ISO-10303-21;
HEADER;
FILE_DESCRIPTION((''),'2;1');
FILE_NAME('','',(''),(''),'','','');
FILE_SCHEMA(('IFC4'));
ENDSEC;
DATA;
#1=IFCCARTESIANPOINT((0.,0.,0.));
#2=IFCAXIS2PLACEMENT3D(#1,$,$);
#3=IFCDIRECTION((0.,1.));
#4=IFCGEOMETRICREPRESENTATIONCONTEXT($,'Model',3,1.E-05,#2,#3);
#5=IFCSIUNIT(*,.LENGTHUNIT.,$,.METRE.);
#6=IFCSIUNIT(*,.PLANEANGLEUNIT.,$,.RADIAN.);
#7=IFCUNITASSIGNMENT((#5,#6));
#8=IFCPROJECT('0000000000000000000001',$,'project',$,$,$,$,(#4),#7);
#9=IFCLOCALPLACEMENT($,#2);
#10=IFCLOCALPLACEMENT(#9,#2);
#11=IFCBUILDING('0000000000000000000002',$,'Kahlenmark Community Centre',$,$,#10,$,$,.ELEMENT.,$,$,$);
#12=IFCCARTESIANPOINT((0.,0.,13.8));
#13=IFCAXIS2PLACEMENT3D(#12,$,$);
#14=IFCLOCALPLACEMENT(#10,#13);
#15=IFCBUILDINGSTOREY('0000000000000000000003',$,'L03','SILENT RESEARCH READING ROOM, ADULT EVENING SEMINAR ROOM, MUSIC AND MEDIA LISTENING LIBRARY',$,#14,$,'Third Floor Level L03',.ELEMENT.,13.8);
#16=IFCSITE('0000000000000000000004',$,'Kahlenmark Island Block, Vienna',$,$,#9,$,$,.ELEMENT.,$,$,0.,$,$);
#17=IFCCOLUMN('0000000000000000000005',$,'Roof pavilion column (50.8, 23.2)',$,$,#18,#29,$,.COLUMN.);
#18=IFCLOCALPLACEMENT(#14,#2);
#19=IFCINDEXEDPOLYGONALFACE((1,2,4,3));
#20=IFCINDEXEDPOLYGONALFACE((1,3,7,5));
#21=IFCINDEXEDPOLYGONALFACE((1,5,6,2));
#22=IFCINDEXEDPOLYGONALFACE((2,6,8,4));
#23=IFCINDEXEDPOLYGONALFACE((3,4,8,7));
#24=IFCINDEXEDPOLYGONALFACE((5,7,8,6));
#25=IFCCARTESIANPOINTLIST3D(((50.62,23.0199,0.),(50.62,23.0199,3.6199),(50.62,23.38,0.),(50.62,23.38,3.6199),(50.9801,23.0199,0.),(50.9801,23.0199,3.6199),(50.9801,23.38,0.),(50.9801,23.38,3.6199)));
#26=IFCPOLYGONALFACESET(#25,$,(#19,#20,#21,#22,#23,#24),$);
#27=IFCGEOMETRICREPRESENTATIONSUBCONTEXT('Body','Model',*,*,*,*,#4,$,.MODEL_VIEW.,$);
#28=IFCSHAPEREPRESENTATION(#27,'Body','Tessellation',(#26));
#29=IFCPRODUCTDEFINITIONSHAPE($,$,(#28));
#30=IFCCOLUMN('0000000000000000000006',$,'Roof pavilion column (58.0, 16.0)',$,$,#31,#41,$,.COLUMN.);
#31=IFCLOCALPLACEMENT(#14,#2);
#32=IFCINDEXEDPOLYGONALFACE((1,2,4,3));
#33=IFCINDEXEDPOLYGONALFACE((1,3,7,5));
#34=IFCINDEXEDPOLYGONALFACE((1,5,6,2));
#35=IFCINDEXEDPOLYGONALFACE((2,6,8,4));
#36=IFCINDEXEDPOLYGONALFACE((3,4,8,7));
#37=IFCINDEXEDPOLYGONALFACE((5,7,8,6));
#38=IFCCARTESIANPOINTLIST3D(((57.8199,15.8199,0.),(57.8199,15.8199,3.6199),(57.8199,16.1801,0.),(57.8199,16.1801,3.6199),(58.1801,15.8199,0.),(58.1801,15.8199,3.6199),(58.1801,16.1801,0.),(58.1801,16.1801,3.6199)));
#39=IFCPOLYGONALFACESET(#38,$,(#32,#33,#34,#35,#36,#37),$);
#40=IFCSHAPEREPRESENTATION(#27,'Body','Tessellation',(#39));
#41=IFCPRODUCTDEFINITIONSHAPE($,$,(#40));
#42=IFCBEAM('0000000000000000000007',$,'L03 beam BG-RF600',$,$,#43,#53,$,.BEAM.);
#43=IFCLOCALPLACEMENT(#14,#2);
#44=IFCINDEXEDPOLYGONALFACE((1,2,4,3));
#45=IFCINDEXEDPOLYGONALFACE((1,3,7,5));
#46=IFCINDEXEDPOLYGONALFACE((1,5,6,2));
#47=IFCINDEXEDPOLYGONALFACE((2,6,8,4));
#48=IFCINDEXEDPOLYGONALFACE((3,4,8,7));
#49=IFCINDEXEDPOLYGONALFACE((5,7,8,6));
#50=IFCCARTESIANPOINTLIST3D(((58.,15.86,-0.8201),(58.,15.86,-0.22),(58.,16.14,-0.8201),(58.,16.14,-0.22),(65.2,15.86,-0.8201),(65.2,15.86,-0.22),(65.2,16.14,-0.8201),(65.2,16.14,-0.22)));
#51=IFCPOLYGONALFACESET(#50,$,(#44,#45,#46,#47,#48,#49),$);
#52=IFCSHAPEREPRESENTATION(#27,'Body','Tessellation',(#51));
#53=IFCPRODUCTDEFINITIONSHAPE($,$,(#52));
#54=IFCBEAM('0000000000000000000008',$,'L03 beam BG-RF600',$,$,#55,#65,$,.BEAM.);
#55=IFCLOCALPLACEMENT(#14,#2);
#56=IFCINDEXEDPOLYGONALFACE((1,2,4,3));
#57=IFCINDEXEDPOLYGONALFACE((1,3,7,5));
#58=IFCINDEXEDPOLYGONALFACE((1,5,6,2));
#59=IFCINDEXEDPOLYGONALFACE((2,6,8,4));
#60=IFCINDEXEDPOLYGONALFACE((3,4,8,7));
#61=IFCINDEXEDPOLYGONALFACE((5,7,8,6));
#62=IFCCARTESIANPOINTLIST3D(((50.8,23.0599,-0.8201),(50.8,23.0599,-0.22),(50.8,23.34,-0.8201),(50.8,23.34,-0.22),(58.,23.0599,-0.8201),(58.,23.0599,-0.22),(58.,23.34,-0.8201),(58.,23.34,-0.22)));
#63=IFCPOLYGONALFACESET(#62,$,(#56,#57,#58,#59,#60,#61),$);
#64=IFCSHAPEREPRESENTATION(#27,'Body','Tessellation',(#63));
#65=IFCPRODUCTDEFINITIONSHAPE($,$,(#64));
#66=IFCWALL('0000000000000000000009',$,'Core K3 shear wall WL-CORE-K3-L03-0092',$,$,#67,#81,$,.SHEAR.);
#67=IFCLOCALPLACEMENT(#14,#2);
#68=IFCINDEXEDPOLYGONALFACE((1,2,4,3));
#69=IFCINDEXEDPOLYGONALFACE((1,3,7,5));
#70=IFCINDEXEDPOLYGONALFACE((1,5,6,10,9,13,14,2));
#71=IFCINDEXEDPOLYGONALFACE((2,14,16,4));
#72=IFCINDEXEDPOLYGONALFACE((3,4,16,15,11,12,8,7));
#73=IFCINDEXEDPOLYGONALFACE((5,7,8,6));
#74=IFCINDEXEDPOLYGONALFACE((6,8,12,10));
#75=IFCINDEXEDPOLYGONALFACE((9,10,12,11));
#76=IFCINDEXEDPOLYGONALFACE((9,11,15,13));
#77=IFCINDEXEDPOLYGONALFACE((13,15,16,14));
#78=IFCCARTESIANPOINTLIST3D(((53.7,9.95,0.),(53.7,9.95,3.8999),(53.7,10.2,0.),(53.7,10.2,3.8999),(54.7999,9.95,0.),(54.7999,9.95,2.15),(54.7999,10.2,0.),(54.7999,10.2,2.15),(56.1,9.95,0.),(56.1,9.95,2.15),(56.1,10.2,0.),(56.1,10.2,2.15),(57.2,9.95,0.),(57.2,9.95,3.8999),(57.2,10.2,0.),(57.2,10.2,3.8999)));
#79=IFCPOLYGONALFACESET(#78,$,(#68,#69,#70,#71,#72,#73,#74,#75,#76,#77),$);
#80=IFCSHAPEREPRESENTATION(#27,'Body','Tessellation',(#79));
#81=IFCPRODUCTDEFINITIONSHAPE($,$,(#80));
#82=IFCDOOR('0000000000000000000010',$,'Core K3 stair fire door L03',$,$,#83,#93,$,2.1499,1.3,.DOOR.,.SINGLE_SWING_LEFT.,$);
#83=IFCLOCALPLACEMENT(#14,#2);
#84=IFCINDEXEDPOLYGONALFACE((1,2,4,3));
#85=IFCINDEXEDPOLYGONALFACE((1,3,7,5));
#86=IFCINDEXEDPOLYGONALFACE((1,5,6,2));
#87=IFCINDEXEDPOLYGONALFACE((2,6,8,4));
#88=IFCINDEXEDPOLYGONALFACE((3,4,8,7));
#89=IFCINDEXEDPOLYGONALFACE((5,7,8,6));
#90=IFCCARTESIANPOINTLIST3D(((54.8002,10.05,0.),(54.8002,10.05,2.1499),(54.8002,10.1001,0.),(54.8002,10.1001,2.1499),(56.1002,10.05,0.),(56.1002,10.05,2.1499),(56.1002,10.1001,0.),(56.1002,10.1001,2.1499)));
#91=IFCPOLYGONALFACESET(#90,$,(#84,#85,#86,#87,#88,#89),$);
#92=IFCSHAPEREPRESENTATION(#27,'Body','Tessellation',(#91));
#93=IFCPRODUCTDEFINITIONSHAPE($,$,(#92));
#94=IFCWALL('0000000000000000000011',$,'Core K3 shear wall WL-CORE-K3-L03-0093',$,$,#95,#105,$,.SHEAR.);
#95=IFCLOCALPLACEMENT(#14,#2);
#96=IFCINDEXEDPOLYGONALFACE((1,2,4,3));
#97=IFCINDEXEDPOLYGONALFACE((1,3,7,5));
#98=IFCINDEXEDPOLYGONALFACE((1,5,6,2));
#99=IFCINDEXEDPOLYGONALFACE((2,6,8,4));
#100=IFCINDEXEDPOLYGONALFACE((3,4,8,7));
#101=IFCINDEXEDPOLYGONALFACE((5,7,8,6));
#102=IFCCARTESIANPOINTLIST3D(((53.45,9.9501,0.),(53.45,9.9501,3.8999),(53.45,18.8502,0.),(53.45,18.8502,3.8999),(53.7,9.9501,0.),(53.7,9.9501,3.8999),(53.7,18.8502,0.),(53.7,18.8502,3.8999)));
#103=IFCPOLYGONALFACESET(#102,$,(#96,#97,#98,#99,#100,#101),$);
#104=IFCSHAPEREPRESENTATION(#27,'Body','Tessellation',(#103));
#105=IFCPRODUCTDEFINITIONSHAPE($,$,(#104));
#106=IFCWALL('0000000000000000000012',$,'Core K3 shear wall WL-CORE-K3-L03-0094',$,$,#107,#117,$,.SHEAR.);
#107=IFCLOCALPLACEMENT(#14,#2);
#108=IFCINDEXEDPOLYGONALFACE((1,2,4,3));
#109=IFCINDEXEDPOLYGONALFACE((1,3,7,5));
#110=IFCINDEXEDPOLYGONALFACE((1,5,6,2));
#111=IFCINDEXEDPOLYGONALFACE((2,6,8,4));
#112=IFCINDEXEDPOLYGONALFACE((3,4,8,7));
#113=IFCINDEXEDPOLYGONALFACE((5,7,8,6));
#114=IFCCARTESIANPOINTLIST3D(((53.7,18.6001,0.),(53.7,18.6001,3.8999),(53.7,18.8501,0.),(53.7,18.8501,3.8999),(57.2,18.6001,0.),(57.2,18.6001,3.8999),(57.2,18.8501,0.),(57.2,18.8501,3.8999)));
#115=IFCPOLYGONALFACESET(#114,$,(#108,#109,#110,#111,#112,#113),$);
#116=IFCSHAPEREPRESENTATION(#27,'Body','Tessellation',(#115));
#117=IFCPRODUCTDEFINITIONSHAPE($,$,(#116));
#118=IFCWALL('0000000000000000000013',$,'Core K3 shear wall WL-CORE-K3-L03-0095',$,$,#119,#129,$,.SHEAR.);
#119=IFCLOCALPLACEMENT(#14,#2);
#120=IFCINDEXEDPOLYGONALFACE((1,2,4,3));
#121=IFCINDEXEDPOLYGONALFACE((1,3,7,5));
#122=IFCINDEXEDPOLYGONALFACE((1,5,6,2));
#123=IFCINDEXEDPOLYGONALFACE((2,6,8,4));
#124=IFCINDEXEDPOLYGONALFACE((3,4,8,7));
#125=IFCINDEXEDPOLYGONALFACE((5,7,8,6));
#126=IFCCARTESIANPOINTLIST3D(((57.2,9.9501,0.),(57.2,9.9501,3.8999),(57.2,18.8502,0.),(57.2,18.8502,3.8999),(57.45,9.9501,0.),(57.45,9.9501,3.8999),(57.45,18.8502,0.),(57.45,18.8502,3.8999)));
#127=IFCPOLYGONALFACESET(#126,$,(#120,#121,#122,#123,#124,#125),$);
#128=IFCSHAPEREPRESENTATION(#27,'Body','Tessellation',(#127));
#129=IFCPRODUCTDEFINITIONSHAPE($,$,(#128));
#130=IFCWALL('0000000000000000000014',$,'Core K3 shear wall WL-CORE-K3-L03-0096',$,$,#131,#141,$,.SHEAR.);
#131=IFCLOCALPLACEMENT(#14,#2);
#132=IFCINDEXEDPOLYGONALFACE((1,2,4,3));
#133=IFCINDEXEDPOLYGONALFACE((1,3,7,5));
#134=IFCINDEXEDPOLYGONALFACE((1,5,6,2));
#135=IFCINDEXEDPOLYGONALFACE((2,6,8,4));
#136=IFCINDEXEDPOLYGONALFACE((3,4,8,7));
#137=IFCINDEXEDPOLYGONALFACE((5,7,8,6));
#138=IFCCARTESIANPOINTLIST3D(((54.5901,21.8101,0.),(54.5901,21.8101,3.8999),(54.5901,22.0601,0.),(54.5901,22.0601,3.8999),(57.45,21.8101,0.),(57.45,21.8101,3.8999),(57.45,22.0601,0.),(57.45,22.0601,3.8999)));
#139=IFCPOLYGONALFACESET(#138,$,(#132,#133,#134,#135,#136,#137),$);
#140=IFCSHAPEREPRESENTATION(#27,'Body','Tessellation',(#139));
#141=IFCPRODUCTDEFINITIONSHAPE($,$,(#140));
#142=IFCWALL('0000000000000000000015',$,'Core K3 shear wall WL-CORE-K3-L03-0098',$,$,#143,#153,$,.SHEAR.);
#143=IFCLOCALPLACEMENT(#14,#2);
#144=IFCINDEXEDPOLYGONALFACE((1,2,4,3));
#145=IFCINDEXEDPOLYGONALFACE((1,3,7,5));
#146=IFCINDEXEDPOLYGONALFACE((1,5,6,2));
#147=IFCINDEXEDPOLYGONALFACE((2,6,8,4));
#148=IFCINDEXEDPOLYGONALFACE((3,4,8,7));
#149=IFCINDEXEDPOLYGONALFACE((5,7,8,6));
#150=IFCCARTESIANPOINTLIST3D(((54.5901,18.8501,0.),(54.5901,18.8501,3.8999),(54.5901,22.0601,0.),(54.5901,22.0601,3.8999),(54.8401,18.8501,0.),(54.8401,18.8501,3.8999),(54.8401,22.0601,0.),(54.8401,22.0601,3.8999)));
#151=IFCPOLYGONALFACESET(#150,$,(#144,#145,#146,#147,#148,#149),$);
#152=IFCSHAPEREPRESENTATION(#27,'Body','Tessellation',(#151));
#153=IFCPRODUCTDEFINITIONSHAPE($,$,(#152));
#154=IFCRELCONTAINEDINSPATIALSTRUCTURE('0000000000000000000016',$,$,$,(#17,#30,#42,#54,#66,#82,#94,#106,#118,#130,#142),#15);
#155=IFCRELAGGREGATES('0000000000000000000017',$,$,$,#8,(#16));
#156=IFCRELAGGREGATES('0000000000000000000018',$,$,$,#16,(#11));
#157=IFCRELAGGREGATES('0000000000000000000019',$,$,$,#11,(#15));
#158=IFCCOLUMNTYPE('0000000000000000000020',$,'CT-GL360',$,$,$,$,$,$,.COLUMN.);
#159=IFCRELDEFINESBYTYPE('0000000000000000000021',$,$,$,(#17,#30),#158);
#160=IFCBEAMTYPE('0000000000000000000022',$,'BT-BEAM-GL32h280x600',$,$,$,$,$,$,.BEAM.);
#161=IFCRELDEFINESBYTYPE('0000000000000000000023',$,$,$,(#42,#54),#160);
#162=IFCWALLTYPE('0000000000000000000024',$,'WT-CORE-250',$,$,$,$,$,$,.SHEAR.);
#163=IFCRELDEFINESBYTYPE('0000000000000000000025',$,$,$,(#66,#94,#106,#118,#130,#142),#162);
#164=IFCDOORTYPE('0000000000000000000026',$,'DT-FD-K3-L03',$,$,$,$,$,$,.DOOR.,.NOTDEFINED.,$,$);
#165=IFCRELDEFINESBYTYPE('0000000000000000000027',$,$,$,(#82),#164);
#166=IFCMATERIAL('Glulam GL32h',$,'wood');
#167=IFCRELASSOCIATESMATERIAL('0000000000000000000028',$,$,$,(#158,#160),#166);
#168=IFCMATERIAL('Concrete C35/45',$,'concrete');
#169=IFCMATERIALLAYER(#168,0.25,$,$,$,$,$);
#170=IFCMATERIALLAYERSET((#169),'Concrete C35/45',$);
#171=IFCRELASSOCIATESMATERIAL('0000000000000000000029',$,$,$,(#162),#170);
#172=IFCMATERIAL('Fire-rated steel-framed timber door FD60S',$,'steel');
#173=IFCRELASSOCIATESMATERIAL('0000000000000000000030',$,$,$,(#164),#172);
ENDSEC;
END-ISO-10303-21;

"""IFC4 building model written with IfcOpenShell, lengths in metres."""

from ifc_helpers import new_model, si_unit, direction, frame, frame_2d, origin, origin_2d, place, context, subcontext, project, spatial, rectangle, extrude, material, layer, layer_set, material_profile, profile_set, type_object, element, fill, save


model = new_model("IFC4")

# Units and contexts
model_context = context("Model", 3, precision=1e-05, world=origin(), true_north=direction((0.0, 1.0)))
body_context = subcontext(model_context, "Body", "Model", "MODEL_VIEW")
ifc_project = project(units=[si_unit("LENGTHUNIT", "METRE"), si_unit("PLANEANGLEUNIT", "RADIAN")], contexts=[model_context])

# Site, building, storey
site_placement = place(None, origin())
site = spatial("IfcSite", under=ifc_project, at=site_placement, Name="Kahlenmark Island Block, Vienna", CompositionType="ELEMENT", RefElevation=0.0)
building_placement = place(site_placement, origin())
building = spatial("IfcBuilding", under=site, at=building_placement, Name="Kahlenmark Community Centre", CompositionType="ELEMENT")
storey_placement = place(building_placement, frame((0.0, 0.0, 13.8)))
storey = spatial("IfcBuildingStorey", under=building, at=storey_placement, Name="L03", Description="SILENT RESEARCH READING ROOM, ADULT EVENING SEMINAR ROOM, MUSIC AND MEDIA LISTENING LIBRARY", LongName="Third Floor Level L03", CompositionType="ELEMENT", Elevation=13.8)

# Columns
ifc_material_1 = material(Name="Glulam GL32h", Category="wood")
ifc_material_profile_1 = material_profile(ifc_material_1, rectangle(XDim=0.3601, YDim=0.3601, at=origin_2d()), Name="GL32h 360x360")
ifc_profile_set_1 = profile_set([ifc_material_profile_1], Name="Glulam GL32h")
column_type = type_object("IfcColumnType", Name="CT-GL360", PredefinedType="COLUMN", material=ifc_profile_set_1)
for number, where, z_axis, x_axis, name in (
    (1, (50.8, 23.2, 0.0), (0.0, 0.0, 1.0), (1.0, 0.0, 0.0), "Roof pavilion column (50.8, 23.2)"),
    (2, (58.0, 16.0, 0.0), (0.0, 0.0, 1.0), (1.0, 0.0, 0.0), "Roof pavilion column (58.0, 16.0)"),
):
    element("IfcColumn", number, at=place(storey_placement, frame(where, z_axis=z_axis, x_axis=x_axis)), inside=storey, type_object=column_type, Name=name, PredefinedType="COLUMN", context=body_context, shape_type="SweptSolid", body=[
        extrude(rectangle(XDim=0.3601, YDim=0.3601, at=origin_2d()), origin(), (0.0, 0.0, 1.0), 3.6199),
    ])

# Beams
ifc_material_profile_2 = material_profile(ifc_material_1, rectangle(XDim=0.28, YDim=0.6001, at=origin_2d()), Name="GL32h 280x600")
ifc_profile_set_2 = profile_set([ifc_material_profile_2], Name="Glulam GL32h")
beam_type = type_object("IfcBeamType", Name="BT-BEAM-GL32h280x600", PredefinedType="BEAM", material=ifc_profile_set_2)
for number, where, z_axis, x_axis, name in (
    (3, (58.0, 16.0, -0.52), (1.0, 0.0, 0.0), (0.0, 1.0, 0.0), "L03 beam BG-RF600"),
    (4, (50.8, 23.2, -0.52), (1.0, 0.0, 0.0), (0.0, 1.0, 0.0), "L03 beam BG-RF600"),
):
    element("IfcBeam", number, at=place(storey_placement, frame(where, z_axis=z_axis, x_axis=x_axis)), inside=storey, type_object=beam_type, Name=name, PredefinedType="BEAM", context=body_context, shape_type="SweptSolid", body=[
        extrude(rectangle(XDim=0.28, YDim=0.6001, at=origin_2d()), origin(), (0.0, 0.0, 1.0), 7.2),
    ])

# Wall, opening, door
ifc_material_2 = material(Name="Concrete C35/45", Category="concrete")
ifc_layer_1 = layer(ifc_material_2, 0.25)
ifc_layer_set_1 = layer_set([ifc_layer_1], Name="Concrete C35/45")
wall_type_1 = type_object("IfcWallType", Name="WT-CORE-250", PredefinedType="SHEAR", material=ifc_layer_set_1)
wall_1_placement = place(storey_placement, frame((53.7, 10.075, 0.0), z_axis=(0.0, 0.0, 1.0), x_axis=(1.0, 0.0, 0.0)))
wall_1 = element("IfcWall", 5, at=wall_1_placement, inside=storey, type_object=wall_type_1, Name="Core K3 shear wall WL-CORE-K3-L03-0092", PredefinedType="SHEAR", context=body_context, shape_type="SweptSolid", body=[
    extrude(rectangle(XDim=3.5, YDim=0.25, at=frame_2d((1.75, 0.0))), origin(), (0.0, 0.0, 1.0), 3.8999),
])
opening_1_placement = place(wall_1_placement, frame((1.1001, 0.0, -0.01)))
opening_1 = element("IfcOpeningElement", 6, at=opening_1_placement, cuts=wall_1, PredefinedType="OPENING", context=body_context, shape_type="SweptSolid", body=[
    extrude(rectangle(XDim=1.3, YDim=2.1599, at=frame_2d((0.6499, 1.0801))), frame((0.0, 0.135, 0.0), z_axis=(0.0, -1.0, 0.0), x_axis=(1.0, 0.0, 0.0)), (0.0, 0.0, 1.0), 0.27),
])
ifc_material_3 = material(Name="Fire-rated steel-framed timber door FD60S", Category="steel")
door_type_1 = type_object("IfcDoorType", Name="DT-FD-K3-L03", OperationType="NOTDEFINED", PredefinedType="DOOR", material=ifc_material_3)
door_1_placement = place(opening_1_placement, frame((1.3, 0.0, 0.01), z_axis=(0.0, 0.0, 1.0), x_axis=(-1.0, 0.0, 0.0)))
door_1 = element("IfcDoor", 7, at=door_1_placement, inside=storey, type_object=door_type_1, Name="Core K3 stair fire door L03", OperationType="SINGLE_SWING_LEFT", OverallHeight=2.1499, OverallWidth=1.3, PredefinedType="DOOR", context=body_context, shape_type="SweptSolid", body=[
    extrude(rectangle(XDim=1.3, YDim=2.1499, at=frame_2d((0.6499, 1.075))), frame((0.0, 0.0249, 0.0), z_axis=(0.0, -1.0, 0.0), x_axis=(1.0, 0.0, 0.0)), (0.0, 0.0, 1.0), 0.05),
])
fill(opening_1, door_1)

# Walls
wall_2_placement = place(storey_placement, frame((53.575, 9.95, 0.0), z_axis=(0.0, 0.0, 1.0), x_axis=(0.0, 1.0, 0.0)))
element("IfcWall", 8, at=wall_2_placement, inside=storey, type_object=wall_type_1, Name="Core K3 shear wall WL-CORE-K3-L03-0093", PredefinedType="SHEAR", context=body_context, shape_type="SweptSolid", body=[
    extrude(rectangle(XDim=8.9001, YDim=0.25, at=frame_2d((4.4502, 0.0))), origin(), (0.0, 0.0, 1.0), 3.8999),
])
wall_3_placement = place(storey_placement, frame((57.2, 18.7251, 0.0), z_axis=(0.0, 0.0, 1.0), x_axis=(-1.0, 0.0, 0.0)))
element("IfcWall", 9, at=wall_3_placement, inside=storey, type_object=wall_type_1, Name="Core K3 shear wall WL-CORE-K3-L03-0094", PredefinedType="SHEAR", context=body_context, shape_type="SweptSolid", body=[
    extrude(rectangle(XDim=3.5, YDim=0.25, at=frame_2d((1.75, 0.0))), origin(), (0.0, 0.0, 1.0), 3.8999),
])
wall_4_placement = place(storey_placement, frame((57.325, 9.95, 0.0), z_axis=(0.0, 0.0, 1.0), x_axis=(0.0, 1.0, 0.0)))
element("IfcWall", 10, at=wall_4_placement, inside=storey, type_object=wall_type_1, Name="Core K3 shear wall WL-CORE-K3-L03-0095", PredefinedType="SHEAR", context=body_context, shape_type="SweptSolid", body=[
    extrude(rectangle(XDim=8.9001, YDim=0.25, at=frame_2d((4.4502, 0.0))), origin(), (0.0, 0.0, 1.0), 3.8999),
])
wall_5_placement = place(storey_placement, frame((54.5901, 21.9351, 0.0), z_axis=(0.0, 0.0, 1.0), x_axis=(1.0, 0.0, 0.0)))
element("IfcWall", 11, at=wall_5_placement, inside=storey, type_object=wall_type_1, Name="Core K3 shear wall WL-CORE-K3-L03-0096", PredefinedType="SHEAR", context=body_context, shape_type="SweptSolid", body=[
    extrude(rectangle(XDim=2.8599, YDim=0.25, at=frame_2d((1.4299, 0.0))), origin(), (0.0, 0.0, 1.0), 3.8999),
])

# Wall
wall_6_placement = place(storey_placement, frame((54.7151, 18.8501, 0.0), z_axis=(0.0, 0.0, 1.0), x_axis=(0.0, 1.0, 0.0)))
element("IfcWall", 12, at=wall_6_placement, inside=storey, type_object=wall_type_1, Name="Core K3 shear wall WL-CORE-K3-L03-0098", PredefinedType="SHEAR", context=body_context, shape_type="SweptSolid", body=[
    extrude(rectangle(XDim=3.21, YDim=0.25, at=frame_2d((1.605, 0.0))), origin(), (0.0, 0.0, 1.0), 3.8999),
])

save(model, "model.ifc")
